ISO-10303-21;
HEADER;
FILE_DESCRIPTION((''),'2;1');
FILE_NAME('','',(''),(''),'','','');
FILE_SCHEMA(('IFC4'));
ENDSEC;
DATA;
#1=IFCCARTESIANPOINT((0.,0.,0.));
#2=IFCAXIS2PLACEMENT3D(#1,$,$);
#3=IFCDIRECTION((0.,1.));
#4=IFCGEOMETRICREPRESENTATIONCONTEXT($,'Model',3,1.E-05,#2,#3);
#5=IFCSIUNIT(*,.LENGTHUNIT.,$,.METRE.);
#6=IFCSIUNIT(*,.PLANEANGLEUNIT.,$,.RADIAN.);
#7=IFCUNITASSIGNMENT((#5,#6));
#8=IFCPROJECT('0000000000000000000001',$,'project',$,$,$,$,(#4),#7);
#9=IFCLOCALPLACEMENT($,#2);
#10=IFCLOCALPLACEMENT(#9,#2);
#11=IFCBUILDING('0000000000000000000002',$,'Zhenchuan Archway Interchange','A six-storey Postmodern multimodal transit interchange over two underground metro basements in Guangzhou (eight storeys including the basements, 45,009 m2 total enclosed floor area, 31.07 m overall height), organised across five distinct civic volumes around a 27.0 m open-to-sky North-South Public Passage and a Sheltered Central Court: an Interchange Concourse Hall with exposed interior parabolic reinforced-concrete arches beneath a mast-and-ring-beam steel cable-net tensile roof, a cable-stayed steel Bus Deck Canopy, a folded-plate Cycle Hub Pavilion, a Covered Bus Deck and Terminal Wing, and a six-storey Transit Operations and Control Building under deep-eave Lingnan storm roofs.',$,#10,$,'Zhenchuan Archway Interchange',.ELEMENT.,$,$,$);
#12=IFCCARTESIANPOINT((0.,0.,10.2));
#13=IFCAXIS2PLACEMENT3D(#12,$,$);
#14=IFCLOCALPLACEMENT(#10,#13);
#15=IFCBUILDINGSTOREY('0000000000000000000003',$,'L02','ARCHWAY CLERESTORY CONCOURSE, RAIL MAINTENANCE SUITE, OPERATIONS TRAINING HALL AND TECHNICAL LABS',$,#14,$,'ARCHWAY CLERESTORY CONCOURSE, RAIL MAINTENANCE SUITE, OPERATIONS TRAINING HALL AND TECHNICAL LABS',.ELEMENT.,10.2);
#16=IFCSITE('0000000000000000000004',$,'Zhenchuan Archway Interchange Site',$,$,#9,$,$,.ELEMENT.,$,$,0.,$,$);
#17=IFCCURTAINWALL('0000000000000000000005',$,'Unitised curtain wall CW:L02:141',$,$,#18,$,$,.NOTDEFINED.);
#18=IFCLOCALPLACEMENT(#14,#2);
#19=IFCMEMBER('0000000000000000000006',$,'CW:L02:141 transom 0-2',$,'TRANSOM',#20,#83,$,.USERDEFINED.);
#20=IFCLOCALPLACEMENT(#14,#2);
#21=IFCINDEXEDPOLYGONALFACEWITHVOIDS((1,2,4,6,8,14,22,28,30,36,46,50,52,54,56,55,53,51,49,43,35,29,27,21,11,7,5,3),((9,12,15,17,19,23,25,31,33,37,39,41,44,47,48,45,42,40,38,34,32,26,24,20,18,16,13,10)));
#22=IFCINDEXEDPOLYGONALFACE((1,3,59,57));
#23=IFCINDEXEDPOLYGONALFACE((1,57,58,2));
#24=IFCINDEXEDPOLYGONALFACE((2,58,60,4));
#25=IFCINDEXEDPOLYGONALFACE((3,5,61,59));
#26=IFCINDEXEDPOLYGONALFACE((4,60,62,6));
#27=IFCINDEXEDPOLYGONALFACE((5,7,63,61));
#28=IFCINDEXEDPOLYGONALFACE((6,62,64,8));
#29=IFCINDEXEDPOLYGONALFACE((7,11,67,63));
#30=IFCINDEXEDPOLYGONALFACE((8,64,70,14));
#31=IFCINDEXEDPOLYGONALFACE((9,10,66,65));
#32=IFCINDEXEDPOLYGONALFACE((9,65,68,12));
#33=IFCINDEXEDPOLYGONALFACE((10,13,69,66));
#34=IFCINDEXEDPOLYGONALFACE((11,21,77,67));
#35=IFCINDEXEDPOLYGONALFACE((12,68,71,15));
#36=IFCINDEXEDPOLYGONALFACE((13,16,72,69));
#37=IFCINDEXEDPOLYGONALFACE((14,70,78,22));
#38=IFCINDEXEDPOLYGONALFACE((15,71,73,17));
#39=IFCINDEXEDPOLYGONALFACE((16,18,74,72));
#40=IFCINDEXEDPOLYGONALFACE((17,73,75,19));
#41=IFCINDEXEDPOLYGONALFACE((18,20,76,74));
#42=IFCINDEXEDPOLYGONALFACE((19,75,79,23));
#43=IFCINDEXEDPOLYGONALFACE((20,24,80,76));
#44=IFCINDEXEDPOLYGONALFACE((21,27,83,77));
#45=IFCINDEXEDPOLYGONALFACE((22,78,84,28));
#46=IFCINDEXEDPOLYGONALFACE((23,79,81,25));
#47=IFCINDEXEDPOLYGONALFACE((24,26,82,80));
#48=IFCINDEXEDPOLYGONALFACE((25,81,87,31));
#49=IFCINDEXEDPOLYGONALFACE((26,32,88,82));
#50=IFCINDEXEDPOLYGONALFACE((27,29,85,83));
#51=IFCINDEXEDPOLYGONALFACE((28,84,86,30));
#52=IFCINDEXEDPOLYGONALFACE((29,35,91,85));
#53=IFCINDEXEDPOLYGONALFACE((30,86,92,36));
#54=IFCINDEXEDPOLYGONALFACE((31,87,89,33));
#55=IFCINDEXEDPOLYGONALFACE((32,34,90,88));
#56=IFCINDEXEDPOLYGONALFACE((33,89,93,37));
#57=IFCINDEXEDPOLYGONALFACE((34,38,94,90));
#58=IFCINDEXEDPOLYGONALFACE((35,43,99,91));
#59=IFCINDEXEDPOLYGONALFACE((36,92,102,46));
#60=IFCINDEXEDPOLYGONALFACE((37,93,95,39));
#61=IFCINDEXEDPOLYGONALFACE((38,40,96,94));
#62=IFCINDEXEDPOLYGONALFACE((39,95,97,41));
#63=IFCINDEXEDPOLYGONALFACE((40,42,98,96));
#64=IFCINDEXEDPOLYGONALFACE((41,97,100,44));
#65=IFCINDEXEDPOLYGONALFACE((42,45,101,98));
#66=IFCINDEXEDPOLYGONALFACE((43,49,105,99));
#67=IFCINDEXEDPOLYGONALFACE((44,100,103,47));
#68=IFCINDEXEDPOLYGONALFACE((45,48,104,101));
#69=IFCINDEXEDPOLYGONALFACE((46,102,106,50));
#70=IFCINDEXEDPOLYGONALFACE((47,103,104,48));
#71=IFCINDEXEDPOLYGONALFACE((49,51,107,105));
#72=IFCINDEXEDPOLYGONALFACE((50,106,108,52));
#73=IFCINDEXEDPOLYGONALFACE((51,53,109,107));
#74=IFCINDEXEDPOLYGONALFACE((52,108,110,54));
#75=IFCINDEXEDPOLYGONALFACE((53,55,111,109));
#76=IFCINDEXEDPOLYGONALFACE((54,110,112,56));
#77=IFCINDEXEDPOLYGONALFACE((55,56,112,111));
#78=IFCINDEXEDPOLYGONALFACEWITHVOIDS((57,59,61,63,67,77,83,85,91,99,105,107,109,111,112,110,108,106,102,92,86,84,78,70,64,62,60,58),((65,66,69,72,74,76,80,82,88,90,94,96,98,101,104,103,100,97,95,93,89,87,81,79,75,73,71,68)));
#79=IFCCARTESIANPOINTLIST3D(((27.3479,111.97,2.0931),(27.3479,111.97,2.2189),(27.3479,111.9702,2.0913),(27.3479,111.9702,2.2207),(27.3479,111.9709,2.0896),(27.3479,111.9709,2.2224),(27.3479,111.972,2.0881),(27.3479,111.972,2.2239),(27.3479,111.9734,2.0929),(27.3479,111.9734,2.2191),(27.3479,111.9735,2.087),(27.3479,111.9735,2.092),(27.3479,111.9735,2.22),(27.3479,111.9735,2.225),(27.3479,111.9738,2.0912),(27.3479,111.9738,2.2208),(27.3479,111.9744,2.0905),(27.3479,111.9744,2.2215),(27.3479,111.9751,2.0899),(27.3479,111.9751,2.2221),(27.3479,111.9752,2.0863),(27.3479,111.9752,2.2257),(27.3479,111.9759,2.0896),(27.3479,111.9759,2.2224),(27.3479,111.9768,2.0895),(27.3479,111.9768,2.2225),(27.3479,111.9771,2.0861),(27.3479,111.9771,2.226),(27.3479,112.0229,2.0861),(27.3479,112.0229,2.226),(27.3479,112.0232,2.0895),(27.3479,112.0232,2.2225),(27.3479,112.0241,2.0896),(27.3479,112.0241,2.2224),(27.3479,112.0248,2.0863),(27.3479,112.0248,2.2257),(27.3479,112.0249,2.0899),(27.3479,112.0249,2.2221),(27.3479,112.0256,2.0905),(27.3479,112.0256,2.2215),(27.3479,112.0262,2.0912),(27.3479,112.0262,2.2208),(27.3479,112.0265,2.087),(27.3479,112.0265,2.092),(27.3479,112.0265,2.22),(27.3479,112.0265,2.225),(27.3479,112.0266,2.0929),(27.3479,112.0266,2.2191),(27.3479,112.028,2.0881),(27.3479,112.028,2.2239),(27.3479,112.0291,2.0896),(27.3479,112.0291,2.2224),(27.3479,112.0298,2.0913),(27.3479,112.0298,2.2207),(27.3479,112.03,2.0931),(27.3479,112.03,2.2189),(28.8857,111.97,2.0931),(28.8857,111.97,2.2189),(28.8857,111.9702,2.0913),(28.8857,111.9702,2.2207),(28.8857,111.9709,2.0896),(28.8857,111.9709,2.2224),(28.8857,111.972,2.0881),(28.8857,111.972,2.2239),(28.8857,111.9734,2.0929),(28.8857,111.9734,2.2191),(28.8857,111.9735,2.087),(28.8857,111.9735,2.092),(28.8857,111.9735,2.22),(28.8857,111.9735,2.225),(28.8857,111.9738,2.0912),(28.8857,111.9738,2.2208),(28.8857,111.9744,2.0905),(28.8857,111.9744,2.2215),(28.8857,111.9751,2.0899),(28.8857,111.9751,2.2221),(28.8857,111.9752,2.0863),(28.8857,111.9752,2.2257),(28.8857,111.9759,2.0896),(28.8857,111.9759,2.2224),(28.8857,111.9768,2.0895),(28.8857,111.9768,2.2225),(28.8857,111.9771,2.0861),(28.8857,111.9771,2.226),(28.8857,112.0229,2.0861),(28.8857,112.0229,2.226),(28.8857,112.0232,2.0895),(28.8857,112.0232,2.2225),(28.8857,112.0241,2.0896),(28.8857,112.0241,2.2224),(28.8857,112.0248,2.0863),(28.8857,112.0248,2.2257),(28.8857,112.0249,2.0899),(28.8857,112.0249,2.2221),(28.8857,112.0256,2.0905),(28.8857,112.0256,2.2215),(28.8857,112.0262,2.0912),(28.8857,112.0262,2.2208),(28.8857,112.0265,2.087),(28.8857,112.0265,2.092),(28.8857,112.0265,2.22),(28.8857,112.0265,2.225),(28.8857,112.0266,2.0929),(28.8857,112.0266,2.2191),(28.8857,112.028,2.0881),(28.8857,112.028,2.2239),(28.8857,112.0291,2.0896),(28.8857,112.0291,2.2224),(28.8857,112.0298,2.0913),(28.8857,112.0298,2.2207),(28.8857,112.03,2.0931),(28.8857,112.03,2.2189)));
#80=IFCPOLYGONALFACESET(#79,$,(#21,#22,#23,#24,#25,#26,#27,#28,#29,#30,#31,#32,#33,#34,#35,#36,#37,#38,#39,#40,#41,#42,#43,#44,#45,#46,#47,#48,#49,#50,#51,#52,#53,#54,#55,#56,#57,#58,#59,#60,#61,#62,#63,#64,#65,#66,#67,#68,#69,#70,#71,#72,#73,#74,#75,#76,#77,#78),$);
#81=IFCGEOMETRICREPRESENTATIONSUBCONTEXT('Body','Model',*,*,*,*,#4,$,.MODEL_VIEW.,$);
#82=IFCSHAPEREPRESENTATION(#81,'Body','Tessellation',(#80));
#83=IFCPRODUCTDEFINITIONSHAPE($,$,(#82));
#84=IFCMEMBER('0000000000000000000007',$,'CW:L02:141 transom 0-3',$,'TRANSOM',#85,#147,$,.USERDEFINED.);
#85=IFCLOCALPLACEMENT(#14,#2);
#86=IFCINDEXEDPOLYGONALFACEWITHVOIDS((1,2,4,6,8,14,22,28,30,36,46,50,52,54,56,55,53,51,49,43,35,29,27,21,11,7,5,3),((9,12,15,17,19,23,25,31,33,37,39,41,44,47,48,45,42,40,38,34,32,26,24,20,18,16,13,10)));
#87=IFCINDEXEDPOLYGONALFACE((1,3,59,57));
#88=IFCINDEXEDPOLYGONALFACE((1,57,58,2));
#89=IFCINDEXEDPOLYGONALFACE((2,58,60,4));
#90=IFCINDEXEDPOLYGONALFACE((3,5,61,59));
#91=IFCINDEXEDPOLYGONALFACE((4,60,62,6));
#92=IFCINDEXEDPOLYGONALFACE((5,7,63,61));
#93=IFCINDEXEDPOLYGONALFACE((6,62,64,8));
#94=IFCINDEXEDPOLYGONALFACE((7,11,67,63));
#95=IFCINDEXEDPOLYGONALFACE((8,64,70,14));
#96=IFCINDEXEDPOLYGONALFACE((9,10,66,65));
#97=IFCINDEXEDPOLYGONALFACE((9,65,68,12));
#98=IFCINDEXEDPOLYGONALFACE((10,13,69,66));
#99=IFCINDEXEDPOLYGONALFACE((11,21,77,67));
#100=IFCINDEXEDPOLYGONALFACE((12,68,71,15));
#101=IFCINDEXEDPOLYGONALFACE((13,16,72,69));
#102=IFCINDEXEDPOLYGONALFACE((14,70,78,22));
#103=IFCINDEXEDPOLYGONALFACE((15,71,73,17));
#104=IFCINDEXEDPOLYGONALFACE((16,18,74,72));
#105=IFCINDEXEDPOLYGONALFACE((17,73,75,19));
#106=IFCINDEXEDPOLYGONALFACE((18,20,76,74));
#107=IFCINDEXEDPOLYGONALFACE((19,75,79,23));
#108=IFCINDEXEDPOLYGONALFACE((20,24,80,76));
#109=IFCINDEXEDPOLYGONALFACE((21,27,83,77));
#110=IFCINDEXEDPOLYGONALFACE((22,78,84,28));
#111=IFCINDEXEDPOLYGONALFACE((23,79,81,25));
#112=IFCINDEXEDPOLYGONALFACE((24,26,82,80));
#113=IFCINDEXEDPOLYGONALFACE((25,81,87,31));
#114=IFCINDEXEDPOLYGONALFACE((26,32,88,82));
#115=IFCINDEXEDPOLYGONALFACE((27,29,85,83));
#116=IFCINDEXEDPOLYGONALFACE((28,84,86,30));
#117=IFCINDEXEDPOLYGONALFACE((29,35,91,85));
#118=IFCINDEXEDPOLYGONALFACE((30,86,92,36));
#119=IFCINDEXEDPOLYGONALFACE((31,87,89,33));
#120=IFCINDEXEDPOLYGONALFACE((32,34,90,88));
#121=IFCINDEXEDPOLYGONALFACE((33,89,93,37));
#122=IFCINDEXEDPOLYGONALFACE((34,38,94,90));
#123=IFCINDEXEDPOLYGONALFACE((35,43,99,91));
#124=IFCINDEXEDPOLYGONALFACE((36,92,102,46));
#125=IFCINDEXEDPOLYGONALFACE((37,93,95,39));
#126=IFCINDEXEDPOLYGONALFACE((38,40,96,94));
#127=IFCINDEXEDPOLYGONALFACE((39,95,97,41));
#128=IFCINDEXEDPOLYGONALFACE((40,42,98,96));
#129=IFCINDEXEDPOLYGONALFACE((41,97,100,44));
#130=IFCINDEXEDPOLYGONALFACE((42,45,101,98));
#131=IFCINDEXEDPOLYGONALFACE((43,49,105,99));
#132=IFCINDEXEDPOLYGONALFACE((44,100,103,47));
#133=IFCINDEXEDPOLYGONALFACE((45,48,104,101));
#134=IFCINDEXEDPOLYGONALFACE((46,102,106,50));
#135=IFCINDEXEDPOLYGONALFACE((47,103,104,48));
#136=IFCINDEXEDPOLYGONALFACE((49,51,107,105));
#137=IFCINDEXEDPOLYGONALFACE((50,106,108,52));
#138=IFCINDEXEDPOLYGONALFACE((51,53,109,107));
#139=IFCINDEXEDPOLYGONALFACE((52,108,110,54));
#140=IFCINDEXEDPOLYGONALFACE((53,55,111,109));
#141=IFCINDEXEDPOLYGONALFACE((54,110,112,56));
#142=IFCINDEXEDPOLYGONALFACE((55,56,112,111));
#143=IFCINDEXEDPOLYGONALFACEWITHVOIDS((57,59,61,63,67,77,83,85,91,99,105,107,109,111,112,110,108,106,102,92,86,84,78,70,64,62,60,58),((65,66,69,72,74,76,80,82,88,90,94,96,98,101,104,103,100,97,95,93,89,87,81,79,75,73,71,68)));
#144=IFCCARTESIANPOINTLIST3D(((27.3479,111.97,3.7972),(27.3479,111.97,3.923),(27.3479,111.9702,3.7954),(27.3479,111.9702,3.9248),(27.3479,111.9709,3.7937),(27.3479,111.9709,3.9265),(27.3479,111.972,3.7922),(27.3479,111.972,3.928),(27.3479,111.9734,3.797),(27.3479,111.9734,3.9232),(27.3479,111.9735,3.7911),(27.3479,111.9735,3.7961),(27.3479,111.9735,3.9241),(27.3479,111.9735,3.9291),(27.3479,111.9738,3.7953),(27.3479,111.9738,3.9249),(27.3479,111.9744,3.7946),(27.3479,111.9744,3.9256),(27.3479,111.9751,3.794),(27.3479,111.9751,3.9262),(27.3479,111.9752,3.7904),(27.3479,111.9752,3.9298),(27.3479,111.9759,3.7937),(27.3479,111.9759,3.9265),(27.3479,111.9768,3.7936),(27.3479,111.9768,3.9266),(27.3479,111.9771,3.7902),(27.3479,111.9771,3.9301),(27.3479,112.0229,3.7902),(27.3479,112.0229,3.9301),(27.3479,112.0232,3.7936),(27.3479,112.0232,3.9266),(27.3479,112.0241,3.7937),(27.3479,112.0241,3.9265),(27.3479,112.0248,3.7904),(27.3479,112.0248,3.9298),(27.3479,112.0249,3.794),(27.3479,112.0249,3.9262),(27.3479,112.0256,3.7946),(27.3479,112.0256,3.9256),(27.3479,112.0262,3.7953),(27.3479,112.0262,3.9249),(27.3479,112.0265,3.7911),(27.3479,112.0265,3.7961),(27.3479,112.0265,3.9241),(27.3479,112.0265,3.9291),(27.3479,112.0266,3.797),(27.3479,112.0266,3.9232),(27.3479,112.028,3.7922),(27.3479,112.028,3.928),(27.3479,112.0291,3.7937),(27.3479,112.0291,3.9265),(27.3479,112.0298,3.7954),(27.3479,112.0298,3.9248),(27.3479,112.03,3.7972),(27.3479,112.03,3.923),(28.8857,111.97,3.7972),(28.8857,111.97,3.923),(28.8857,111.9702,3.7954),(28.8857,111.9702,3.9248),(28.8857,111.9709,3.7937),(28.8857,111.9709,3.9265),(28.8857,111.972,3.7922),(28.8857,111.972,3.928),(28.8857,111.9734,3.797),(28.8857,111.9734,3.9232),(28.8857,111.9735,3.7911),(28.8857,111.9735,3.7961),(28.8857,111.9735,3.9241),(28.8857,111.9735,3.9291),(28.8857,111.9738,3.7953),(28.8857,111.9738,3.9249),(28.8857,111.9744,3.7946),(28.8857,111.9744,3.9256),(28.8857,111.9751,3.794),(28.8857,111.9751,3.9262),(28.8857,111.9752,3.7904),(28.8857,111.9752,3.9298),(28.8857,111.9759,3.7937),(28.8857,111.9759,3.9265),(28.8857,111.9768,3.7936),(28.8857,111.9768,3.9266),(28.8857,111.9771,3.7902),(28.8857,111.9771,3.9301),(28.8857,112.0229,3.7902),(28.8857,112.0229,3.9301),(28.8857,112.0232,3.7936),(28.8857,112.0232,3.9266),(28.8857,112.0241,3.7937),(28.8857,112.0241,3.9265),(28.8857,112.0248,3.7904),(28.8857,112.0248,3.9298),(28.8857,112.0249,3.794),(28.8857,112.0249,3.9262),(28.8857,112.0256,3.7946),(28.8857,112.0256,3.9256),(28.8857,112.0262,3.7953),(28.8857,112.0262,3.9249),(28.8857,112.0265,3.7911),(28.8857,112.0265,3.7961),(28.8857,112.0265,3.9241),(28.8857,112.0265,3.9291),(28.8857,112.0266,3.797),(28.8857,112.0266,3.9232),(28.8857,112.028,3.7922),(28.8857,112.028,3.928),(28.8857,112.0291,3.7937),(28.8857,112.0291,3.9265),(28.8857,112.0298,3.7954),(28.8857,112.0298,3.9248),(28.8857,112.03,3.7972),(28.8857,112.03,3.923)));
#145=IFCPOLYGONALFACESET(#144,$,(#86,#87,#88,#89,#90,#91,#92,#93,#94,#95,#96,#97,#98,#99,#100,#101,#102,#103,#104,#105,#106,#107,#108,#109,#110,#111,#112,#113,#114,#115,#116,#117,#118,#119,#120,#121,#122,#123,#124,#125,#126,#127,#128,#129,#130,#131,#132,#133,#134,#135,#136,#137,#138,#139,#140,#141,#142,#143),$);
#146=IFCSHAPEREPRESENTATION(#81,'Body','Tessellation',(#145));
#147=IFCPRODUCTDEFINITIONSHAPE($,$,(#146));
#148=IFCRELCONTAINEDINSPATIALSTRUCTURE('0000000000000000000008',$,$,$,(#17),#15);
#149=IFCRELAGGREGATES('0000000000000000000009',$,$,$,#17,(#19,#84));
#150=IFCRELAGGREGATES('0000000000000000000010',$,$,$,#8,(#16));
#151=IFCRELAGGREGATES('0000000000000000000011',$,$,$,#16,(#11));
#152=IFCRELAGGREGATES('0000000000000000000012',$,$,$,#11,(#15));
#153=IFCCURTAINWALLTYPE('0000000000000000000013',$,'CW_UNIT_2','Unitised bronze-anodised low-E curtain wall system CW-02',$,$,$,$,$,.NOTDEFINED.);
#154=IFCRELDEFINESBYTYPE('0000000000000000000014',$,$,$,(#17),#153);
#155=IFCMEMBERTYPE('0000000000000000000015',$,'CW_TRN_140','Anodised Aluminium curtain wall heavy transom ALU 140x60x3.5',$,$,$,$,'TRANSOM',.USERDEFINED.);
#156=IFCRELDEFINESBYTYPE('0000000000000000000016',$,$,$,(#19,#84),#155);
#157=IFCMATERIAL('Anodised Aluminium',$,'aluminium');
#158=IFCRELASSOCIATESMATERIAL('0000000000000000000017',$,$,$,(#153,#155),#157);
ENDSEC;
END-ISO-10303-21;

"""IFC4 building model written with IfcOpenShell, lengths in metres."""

from ifc_helpers import new_model, si_unit, direction, frame, origin, origin_2d, place, context, subcontext, project, spatial, hollow_rectangle, extrude, material, material_profile, profile_set, type_object, element, aggregate, save


model = new_model("IFC4")

# Units and contexts
model_context = context("Model", 3, precision=1e-05, world=origin(), true_north=direction((0.0, 1.0)))
body_context = subcontext(model_context, "Body", "Model", "MODEL_VIEW")
ifc_project = project(units=[si_unit("LENGTHUNIT", "METRE"), si_unit("PLANEANGLEUNIT", "RADIAN")], contexts=[model_context])

# Site, building, storey
site_placement = place(None, origin())
site = spatial("IfcSite", under=ifc_project, at=site_placement, Name="Zhenchuan Archway Interchange Site", CompositionType="ELEMENT", RefElevation=0.0)
building_placement = place(site_placement, origin())
building = spatial("IfcBuilding", under=site, at=building_placement, Name="Zhenchuan Archway Interchange", Description="A six-storey Postmodern multimodal transit interchange over two underground metro basements in Guangzhou (eight storeys including the basements, 45,009 m2 total enclosed floor area, 31.07 m overall height), organised across five distinct civic volumes around a 27.0 m open-to-sky North-South Public Passage and a Sheltered Central Court: an Interchange Concourse Hall with exposed interior parabolic reinforced-concrete arches beneath a mast-and-ring-beam steel cable-net tensile roof, a cable-stayed steel Bus Deck Canopy, a folded-plate Cycle Hub Pavilion, a Covered Bus Deck and Terminal Wing, and a six-storey Transit Operations and Control Building under deep-eave Lingnan storm roofs.", LongName="Zhenchuan Archway Interchange", CompositionType="ELEMENT")
storey_placement = place(building_placement, frame((0.0, 0.0, 10.2)))
storey = spatial("IfcBuildingStorey", under=building, at=storey_placement, Name="L02", Description="ARCHWAY CLERESTORY CONCOURSE, RAIL MAINTENANCE SUITE, OPERATIONS TRAINING HALL AND TECHNICAL LABS", LongName="ARCHWAY CLERESTORY CONCOURSE, RAIL MAINTENANCE SUITE, OPERATIONS TRAINING HALL AND TECHNICAL LABS", CompositionType="ELEMENT", Elevation=10.2)

# Curtain wall
ifc_material_1 = material(Name="Anodised Aluminium", Category="aluminium")
curtain_wall_type_1 = type_object("IfcCurtainWallType", Name="CW_UNIT_2", Description="Unitised bronze-anodised low-E curtain wall system CW-02", PredefinedType="NOTDEFINED", material=ifc_material_1)
curtain_wall_1_placement = place(storey_placement, origin())
curtain_wall_1 = element("IfcCurtainWall", 1, at=curtain_wall_1_placement, inside=storey, type_object=curtain_wall_type_1, Name="Unitised curtain wall CW:L02:141", PredefinedType="NOTDEFINED")

# Members
ifc_material_profile_1 = material_profile(ifc_material_1, hollow_rectangle(XDim=0.0601, YDim=0.1399, WallThickness=0.0034, InnerFilletRadius=0.0034, OuterFilletRadius=0.0071, at=origin_2d()), Name="ALU 140x60x3.5")
ifc_profile_set_1 = profile_set([ifc_material_profile_1], Name="Anodised Aluminium")
member_type_1 = type_object("IfcMemberType", Name="CW_TRN_140", Description="Anodised Aluminium curtain wall heavy transom ALU 140x60x3.5", ElementType="TRANSOM", PredefinedType="USERDEFINED", material=ifc_profile_set_1)
member_1_placement = place(storey_placement, frame((27.3479, 112.0, 2.156), z_axis=(1.0, 0.0, 0.0), x_axis=(0.0, 1.0, 0.0)))
member_1 = element("IfcMember", 2, at=member_1_placement, type_object=member_type_1, Name="CW:L02:141 transom 0-2", ObjectType="TRANSOM", PredefinedType="USERDEFINED", context=body_context, shape_type="SweptSolid", body=[
    extrude(hollow_rectangle(XDim=0.0601, YDim=0.1399, WallThickness=0.0034, InnerFilletRadius=0.0034, OuterFilletRadius=0.0071, at=origin_2d()), origin(), (0.0, 0.0, 1.0), 1.5378),
])
member_2_placement = place(storey_placement, frame((27.3479, 112.0, 3.8601), z_axis=(1.0, 0.0, 0.0), x_axis=(0.0, 1.0, 0.0)))
member_2 = element("IfcMember", 3, at=member_2_placement, type_object=member_type_1, Name="CW:L02:141 transom 0-3", ObjectType="TRANSOM", PredefinedType="USERDEFINED", context=body_context, shape_type="SweptSolid", body=[
    extrude(hollow_rectangle(XDim=0.0601, YDim=0.1399, WallThickness=0.0034, InnerFilletRadius=0.0034, OuterFilletRadius=0.0071, at=origin_2d()), origin(), (0.0, 0.0, 1.0), 1.5378),
])

aggregate(curtain_wall_1, [member_1, member_2])

save(model, "model.ifc")
